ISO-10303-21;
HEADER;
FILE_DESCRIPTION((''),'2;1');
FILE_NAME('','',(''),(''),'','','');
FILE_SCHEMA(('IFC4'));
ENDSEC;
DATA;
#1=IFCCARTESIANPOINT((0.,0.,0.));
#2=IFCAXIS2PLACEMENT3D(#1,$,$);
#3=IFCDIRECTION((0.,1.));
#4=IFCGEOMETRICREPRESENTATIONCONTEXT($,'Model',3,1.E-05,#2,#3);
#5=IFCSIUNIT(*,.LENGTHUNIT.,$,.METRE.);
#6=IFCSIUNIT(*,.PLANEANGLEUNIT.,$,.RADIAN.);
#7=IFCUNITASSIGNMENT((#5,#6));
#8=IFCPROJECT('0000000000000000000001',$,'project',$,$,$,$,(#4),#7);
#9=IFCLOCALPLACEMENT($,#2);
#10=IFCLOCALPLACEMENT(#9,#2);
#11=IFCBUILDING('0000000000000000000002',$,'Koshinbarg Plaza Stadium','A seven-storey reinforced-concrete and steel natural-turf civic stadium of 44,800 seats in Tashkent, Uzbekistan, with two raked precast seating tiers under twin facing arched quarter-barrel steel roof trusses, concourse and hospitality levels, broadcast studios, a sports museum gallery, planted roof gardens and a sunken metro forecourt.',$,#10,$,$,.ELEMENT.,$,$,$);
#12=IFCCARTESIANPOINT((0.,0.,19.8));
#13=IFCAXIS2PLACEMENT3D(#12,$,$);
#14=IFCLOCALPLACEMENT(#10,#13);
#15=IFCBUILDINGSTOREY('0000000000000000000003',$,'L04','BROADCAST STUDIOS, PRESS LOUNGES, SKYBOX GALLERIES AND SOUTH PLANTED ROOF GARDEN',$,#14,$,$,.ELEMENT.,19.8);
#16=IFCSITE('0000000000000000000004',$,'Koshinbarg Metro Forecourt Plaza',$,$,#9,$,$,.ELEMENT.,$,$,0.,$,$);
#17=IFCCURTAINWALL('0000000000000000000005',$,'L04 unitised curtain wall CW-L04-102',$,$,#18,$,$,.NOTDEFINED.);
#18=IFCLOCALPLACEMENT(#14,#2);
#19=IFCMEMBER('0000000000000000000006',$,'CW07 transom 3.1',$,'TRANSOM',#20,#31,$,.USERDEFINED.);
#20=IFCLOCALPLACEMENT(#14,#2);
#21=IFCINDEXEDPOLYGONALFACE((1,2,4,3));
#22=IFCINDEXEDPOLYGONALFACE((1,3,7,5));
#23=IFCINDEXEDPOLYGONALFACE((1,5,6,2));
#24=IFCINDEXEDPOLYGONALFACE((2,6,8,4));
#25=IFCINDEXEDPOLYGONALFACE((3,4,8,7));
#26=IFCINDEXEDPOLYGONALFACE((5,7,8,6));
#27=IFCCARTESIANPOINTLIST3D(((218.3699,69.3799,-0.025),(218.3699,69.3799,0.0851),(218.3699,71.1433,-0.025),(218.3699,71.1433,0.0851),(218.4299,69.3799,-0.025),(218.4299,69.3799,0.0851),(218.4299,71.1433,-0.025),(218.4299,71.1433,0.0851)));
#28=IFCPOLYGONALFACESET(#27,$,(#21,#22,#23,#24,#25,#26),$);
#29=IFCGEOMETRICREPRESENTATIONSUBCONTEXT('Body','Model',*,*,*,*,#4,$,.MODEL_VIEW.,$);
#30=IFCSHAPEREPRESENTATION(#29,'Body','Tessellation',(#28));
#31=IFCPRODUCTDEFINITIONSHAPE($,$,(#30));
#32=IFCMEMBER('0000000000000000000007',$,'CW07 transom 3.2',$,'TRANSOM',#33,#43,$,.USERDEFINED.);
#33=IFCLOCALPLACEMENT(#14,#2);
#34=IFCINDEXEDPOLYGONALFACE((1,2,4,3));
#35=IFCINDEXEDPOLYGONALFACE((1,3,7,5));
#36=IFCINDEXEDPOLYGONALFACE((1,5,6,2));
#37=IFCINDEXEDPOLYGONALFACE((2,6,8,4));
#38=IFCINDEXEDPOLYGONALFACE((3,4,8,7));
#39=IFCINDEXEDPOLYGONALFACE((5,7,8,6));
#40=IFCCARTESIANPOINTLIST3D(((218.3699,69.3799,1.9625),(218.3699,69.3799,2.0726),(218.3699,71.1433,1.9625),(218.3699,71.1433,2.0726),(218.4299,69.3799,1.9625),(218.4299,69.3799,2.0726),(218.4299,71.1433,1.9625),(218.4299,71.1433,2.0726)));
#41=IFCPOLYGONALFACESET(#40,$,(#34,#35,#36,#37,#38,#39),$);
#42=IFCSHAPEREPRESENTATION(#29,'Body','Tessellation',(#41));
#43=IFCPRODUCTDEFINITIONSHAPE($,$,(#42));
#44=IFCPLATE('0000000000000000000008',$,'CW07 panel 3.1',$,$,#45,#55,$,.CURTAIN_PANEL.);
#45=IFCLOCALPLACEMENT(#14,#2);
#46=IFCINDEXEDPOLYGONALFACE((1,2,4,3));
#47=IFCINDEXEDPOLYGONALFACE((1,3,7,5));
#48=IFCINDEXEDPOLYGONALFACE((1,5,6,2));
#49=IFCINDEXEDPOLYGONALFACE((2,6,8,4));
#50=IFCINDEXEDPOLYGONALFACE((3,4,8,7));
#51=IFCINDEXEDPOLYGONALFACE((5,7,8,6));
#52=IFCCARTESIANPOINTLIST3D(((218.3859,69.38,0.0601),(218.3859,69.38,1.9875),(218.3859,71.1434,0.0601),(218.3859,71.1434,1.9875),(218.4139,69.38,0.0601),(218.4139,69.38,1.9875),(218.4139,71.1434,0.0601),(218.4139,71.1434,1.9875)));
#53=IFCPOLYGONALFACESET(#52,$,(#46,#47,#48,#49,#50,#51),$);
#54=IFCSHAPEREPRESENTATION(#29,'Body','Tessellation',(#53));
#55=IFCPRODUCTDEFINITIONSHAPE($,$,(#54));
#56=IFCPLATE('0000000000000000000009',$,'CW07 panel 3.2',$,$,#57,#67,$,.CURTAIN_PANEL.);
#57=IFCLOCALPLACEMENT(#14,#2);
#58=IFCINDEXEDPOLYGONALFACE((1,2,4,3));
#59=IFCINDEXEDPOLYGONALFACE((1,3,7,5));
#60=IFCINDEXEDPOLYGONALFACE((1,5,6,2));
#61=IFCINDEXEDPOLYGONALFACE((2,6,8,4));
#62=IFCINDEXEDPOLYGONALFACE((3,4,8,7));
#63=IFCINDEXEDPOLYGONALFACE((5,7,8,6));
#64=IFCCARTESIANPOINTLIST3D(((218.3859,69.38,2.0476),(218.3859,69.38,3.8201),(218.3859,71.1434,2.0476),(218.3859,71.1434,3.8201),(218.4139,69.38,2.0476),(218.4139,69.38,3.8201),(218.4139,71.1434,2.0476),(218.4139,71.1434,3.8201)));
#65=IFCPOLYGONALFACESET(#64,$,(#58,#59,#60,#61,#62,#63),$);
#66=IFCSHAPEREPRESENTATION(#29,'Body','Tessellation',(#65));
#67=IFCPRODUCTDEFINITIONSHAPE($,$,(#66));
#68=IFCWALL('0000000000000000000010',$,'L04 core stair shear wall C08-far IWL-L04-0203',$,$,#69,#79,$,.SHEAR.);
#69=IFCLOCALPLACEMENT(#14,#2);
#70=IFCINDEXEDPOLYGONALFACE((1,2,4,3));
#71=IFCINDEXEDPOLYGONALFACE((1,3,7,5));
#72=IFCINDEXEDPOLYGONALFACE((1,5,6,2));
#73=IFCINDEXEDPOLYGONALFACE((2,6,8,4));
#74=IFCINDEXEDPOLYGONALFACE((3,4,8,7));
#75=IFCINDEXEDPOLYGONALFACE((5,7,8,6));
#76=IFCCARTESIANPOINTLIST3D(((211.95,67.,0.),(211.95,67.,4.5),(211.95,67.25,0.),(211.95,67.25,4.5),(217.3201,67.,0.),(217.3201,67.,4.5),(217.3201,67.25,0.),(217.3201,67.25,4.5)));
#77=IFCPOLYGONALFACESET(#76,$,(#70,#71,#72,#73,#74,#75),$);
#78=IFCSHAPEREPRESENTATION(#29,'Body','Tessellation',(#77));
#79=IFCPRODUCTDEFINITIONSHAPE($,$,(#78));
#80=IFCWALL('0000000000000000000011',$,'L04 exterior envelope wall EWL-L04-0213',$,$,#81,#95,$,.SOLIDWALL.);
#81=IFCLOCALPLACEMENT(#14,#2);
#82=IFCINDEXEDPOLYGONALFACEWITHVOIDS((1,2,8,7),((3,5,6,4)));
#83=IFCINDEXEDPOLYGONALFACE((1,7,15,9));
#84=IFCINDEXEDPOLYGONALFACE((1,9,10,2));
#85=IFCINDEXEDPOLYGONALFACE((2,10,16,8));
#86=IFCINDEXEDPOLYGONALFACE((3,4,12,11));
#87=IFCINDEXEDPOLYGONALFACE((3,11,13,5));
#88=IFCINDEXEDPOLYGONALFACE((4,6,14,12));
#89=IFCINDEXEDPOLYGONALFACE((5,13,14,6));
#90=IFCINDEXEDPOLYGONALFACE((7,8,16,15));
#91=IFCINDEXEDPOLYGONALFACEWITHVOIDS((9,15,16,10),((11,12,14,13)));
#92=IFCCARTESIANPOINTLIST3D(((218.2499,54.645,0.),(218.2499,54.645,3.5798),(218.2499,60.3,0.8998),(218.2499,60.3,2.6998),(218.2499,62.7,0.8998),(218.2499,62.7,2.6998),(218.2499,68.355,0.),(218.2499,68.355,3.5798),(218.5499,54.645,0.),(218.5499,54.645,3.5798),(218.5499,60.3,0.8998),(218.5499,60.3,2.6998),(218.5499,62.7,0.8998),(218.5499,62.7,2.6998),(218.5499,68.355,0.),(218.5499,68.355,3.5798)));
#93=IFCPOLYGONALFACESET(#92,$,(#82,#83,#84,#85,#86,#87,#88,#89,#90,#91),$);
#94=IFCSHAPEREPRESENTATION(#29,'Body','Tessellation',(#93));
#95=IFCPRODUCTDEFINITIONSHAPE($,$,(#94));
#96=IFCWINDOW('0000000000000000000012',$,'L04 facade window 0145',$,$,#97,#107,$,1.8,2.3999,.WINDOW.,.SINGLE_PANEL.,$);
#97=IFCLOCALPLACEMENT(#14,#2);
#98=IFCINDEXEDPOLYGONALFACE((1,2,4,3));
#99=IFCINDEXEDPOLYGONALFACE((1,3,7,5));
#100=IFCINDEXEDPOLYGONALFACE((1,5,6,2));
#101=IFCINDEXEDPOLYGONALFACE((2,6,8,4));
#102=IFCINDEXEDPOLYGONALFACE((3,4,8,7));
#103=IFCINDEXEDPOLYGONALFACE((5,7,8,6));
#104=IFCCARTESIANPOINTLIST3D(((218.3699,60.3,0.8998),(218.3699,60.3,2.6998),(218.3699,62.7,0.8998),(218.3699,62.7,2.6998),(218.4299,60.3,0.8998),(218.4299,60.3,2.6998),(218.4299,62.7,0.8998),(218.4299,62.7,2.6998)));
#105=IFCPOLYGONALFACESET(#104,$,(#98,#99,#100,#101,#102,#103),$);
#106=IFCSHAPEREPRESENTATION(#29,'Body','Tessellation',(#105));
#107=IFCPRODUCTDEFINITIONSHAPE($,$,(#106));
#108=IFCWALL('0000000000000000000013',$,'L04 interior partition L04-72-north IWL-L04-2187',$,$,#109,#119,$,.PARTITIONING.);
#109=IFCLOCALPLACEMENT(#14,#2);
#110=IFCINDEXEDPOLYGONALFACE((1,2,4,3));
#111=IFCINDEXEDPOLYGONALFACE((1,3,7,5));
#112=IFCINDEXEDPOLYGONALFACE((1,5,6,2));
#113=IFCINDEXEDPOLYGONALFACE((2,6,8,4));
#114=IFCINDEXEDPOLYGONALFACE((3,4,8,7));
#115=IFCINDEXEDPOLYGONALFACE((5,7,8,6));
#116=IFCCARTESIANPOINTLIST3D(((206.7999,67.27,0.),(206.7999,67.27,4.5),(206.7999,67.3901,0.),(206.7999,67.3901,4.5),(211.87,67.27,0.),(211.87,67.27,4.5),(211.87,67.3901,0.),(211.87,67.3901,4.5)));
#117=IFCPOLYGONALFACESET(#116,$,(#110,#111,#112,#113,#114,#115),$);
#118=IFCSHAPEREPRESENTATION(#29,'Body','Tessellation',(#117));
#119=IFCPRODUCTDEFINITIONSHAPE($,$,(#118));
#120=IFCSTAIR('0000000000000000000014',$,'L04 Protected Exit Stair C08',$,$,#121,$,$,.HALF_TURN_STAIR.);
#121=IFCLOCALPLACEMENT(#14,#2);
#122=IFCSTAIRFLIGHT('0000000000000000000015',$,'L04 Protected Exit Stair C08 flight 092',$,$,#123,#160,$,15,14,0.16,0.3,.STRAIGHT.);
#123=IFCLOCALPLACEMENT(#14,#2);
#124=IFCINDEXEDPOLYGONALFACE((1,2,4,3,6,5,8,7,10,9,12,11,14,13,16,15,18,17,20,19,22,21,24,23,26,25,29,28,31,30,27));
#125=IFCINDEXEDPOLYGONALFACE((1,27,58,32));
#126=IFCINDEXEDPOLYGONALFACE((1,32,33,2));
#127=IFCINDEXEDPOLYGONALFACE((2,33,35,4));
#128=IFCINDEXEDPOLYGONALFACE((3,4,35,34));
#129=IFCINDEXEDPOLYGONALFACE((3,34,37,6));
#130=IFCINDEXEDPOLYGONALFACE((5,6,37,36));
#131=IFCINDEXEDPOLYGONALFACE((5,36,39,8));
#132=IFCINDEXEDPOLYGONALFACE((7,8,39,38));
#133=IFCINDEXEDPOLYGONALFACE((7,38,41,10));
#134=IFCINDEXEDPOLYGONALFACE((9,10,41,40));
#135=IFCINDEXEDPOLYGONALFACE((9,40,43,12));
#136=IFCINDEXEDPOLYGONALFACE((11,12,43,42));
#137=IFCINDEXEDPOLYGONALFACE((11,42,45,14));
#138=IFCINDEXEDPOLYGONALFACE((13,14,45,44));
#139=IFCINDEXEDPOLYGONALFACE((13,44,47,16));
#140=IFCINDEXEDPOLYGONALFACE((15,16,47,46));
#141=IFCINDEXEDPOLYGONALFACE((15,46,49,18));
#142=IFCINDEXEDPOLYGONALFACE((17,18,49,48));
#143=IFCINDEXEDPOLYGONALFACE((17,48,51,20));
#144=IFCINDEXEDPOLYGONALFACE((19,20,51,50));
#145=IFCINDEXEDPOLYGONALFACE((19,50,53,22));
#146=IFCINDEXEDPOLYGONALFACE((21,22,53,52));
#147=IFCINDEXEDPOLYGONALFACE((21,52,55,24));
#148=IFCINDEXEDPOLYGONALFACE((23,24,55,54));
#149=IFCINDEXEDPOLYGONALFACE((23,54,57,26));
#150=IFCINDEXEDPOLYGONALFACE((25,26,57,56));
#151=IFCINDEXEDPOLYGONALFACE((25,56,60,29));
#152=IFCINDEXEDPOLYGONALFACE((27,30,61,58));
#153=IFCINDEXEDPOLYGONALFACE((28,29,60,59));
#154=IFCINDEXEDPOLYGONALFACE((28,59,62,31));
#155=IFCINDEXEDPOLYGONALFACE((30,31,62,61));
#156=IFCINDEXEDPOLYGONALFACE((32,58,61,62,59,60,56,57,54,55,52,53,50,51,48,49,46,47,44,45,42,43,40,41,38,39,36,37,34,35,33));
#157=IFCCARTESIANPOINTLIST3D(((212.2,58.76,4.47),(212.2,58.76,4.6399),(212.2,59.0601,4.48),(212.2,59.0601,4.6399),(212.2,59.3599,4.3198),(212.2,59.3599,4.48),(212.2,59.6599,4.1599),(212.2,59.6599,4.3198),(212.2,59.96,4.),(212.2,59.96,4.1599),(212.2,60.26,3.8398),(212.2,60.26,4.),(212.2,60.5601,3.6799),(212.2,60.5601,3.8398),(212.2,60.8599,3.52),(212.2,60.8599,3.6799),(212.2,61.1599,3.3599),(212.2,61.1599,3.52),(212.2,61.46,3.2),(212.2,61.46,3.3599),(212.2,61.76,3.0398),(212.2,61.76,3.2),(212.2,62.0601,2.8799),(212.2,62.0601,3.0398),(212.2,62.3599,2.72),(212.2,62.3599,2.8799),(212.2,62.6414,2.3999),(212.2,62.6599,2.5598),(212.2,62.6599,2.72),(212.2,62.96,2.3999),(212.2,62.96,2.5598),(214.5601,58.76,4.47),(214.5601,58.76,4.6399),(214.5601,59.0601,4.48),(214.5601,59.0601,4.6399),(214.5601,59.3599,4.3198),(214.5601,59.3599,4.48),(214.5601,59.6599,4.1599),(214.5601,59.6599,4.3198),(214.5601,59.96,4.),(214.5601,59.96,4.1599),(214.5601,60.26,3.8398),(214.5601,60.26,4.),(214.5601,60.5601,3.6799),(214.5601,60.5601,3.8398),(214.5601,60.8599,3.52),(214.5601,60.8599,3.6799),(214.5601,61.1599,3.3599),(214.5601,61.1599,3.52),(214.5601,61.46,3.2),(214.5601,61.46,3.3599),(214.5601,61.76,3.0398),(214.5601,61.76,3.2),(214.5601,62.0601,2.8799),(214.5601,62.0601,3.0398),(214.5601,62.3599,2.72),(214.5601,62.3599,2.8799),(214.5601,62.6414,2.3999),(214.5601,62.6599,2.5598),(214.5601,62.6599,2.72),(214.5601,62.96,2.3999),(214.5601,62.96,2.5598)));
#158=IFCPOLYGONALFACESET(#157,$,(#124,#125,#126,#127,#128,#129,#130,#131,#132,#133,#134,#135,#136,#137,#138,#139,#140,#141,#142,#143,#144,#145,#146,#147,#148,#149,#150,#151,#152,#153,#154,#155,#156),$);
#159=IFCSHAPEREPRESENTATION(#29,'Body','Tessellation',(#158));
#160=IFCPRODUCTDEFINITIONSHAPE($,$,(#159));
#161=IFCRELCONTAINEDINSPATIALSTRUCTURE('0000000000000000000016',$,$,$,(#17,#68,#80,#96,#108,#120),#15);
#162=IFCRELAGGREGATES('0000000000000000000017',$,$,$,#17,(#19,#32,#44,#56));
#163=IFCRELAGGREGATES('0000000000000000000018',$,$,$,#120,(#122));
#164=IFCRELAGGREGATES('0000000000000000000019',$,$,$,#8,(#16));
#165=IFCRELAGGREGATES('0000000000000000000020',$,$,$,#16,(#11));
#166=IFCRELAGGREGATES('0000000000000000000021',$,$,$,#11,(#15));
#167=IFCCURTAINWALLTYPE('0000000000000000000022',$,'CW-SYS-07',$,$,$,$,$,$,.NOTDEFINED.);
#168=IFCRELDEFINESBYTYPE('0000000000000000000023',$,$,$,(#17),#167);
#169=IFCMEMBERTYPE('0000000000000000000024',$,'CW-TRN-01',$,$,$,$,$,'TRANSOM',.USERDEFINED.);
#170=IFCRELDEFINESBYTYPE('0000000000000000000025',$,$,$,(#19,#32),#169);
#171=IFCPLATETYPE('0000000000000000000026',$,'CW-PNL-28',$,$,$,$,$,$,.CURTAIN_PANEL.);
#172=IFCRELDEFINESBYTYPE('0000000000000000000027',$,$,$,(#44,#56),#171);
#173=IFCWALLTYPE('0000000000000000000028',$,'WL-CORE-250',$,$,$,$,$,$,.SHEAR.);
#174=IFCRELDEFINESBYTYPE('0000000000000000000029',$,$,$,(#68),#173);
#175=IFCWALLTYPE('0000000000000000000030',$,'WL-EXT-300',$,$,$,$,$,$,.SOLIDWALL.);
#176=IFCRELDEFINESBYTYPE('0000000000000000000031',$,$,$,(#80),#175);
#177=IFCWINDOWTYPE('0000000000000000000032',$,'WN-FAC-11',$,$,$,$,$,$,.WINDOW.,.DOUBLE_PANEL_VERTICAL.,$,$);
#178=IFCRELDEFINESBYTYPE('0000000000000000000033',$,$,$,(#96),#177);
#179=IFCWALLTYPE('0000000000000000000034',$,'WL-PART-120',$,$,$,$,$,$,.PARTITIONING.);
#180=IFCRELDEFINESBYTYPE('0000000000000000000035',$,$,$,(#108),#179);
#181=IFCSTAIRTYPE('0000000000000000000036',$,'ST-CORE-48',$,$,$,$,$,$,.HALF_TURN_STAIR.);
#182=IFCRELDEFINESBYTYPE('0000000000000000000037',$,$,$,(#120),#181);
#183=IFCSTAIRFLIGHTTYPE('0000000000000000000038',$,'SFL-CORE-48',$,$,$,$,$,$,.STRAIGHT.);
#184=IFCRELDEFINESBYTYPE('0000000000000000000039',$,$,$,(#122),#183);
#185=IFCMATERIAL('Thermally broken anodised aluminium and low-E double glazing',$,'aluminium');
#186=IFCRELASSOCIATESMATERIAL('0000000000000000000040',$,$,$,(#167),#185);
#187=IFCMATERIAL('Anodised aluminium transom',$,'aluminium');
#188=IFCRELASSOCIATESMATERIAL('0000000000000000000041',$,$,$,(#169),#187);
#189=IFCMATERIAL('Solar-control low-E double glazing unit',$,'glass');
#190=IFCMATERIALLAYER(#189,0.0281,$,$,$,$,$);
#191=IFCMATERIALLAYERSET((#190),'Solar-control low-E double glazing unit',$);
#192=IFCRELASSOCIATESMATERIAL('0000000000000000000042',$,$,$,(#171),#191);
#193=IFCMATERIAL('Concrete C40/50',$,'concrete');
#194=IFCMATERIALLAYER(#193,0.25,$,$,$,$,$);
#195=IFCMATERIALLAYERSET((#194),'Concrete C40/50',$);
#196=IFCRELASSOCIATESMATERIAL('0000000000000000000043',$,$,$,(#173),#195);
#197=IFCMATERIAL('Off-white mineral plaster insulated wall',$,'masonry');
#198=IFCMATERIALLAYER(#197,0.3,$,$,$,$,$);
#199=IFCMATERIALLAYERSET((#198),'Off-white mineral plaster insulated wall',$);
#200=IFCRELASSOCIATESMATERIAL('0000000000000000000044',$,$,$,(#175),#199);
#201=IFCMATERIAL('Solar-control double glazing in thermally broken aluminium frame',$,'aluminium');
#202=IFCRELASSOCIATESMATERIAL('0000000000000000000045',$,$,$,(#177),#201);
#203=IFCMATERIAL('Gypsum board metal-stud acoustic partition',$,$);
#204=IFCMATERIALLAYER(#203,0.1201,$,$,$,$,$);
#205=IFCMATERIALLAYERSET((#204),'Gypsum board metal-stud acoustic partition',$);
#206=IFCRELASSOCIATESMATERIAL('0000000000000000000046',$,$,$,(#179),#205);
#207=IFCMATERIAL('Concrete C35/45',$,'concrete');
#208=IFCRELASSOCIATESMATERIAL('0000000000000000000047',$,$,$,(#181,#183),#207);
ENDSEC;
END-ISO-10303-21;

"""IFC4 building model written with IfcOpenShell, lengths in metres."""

from ifc_helpers import new_model, si_unit, direction, frame, frame_2d, origin, origin_2d, place, context, subcontext, project, spatial, polyline, rectangle, outline, extrude, material, layer, layer_set, material_profile, profile_set, type_object, element, fill, aggregate, save


model = new_model("IFC4")

# Units and contexts
model_context = context("Model", 3, precision=1e-05, world=origin(), true_north=direction((0.0, 1.0)))
body_context = subcontext(model_context, "Body", "Model", "MODEL_VIEW")
ifc_project = project(units=[si_unit("LENGTHUNIT", "METRE"), si_unit("PLANEANGLEUNIT", "RADIAN")], contexts=[model_context])

# Site, building, storey
site_placement = place(None, origin())
site = spatial("IfcSite", under=ifc_project, at=site_placement, Name="Koshinbarg Metro Forecourt Plaza", CompositionType="ELEMENT", RefElevation=0.0)
building_placement = place(site_placement, origin())
building = spatial("IfcBuilding", under=site, at=building_placement, Name="Koshinbarg Plaza Stadium", Description="A seven-storey reinforced-concrete and steel natural-turf civic stadium of 44,800 seats in Tashkent, Uzbekistan, with two raked precast seating tiers under twin facing arched quarter-barrel steel roof trusses, concourse and hospitality levels, broadcast studios, a sports museum gallery, planted roof gardens and a sunken metro forecourt.", CompositionType="ELEMENT")
storey_placement = place(building_placement, frame((0.0, 0.0, 19.8)))
storey = spatial("IfcBuildingStorey", under=building, at=storey_placement, Name="L04", Description="BROADCAST STUDIOS, PRESS LOUNGES, SKYBOX GALLERIES AND SOUTH PLANTED ROOF GARDEN", CompositionType="ELEMENT", Elevation=19.8)

# Shared definitions
ifc_material_1 = material(Name="Concrete C40/50", Category="concrete")

# Curtain wall, members, plates
ifc_material_2 = material(Name="Thermally broken anodised aluminium and low-E double glazing", Category="aluminium")
curtain_wall_type = type_object("IfcCurtainWallType", Name="CW-SYS-07", PredefinedType="NOTDEFINED", material=ifc_material_2)
curtain_wall_placement = place(storey_placement, origin())
curtain_wall = element("IfcCurtainWall", 1, at=curtain_wall_placement, inside=storey, type_object=curtain_wall_type, Name="L04 unitised curtain wall CW-L04-102", PredefinedType="NOTDEFINED")
ifc_material_3 = material(Name="Anodised aluminium transom", Category="aluminium")
ifc_material_profile_1 = material_profile(ifc_material_3, rectangle(XDim=0.0601, YDim=0.1101, at=origin_2d()), Name="ALU 60x110")
ifc_profile_set_1 = profile_set([ifc_material_profile_1], Name="Anodised aluminium transom")
member_type_1 = type_object("IfcMemberType", Name="CW-TRN-01", ElementType="TRANSOM", PredefinedType="USERDEFINED", material=ifc_profile_set_1)
member_1_placement = place(storey_placement, frame((218.3999, 71.1433, 0.03), z_axis=(0.0, -1.0, 0.0), x_axis=(1.0, 0.0, 0.0)))
member_1 = element("IfcMember", 2, at=member_1_placement, type_object=member_type_1, Name="CW07 transom 3.1", ObjectType="TRANSOM", PredefinedType="USERDEFINED", context=body_context, shape_type="SweptSolid", body=[
    extrude(rectangle(XDim=0.0601, YDim=0.1101, at=origin_2d()), origin(), (0.0, 0.0, 1.0), 1.7634),
])
member_2_placement = place(storey_placement, frame((218.3999, 71.1433, 2.0176), z_axis=(0.0, -1.0, 0.0), x_axis=(1.0, 0.0, 0.0)))
member_2 = element("IfcMember", 3, at=member_2_placement, type_object=member_type_1, Name="CW07 transom 3.2", ObjectType="TRANSOM", PredefinedType="USERDEFINED", context=body_context, shape_type="SweptSolid", body=[
    extrude(rectangle(XDim=0.0601, YDim=0.1101, at=origin_2d()), origin(), (0.0, 0.0, 1.0), 1.7634),
])
ifc_material_4 = material(Name="Solar-control low-E double glazing unit", Category="glass")
ifc_layer_1 = layer(ifc_material_4, 0.0281)
ifc_layer_set_1 = layer_set([ifc_layer_1], Name="Solar-control low-E double glazing unit")
plate_type = type_object("IfcPlateType", Name="CW-PNL-28", PredefinedType="CURTAIN_PANEL", material=ifc_layer_set_1)
plate_1_placement = place(storey_placement, frame((218.3999, 70.2617, 0.0601), z_axis=(0.0, 0.0, 1.0), x_axis=(0.0, -1.0, 0.0)))
plate_1 = element("IfcPlate", 4, at=plate_1_placement, type_object=plate_type, Name="CW07 panel 3.1", PredefinedType="CURTAIN_PANEL", context=body_context, shape_type="SweptSolid", body=[
    extrude(rectangle(XDim=1.7634, YDim=0.0281, at=origin_2d()), origin(), (0.0, 0.0, 1.0), 1.9275),
])
plate_2_placement = place(storey_placement, frame((218.3999, 70.2617, 2.0476), z_axis=(0.0, 0.0, 1.0), x_axis=(0.0, -1.0, 0.0)))
plate_2 = element("IfcPlate", 5, at=plate_2_placement, type_object=plate_type, Name="CW07 panel 3.2", PredefinedType="CURTAIN_PANEL", context=body_context, shape_type="SweptSolid", body=[
    extrude(rectangle(XDim=1.7634, YDim=0.0281, at=origin_2d()), origin(), (0.0, 0.0, 1.0), 1.7725),
])
aggregate(curtain_wall, [member_1, member_2, plate_1, plate_2])

# Wall
ifc_layer_2 = layer(ifc_material_1, 0.25)
ifc_layer_set_2 = layer_set([ifc_layer_2], Name="Concrete C40/50")
wall_type_1 = type_object("IfcWallType", Name="WL-CORE-250", PredefinedType="SHEAR", material=ifc_layer_set_2)
wall_1_placement = place(storey_placement, frame((217.3201, 67.125, 0.0), z_axis=(0.0, 0.0, 1.0), x_axis=(-1.0, 0.0, 0.0)))
element("IfcWall", 6, at=wall_1_placement, inside=storey, type_object=wall_type_1, Name="L04 core stair shear wall C08-far IWL-L04-0203", PredefinedType="SHEAR", context=body_context, shape_type="SweptSolid", body=[
    extrude(rectangle(XDim=5.3701, YDim=0.25, at=frame_2d((2.6851, 0.0))), origin(), (0.0, 0.0, 1.0), 4.5),
])

# Wall, opening, window
ifc_material_5 = material(Name="Off-white mineral plaster insulated wall", Category="masonry")
ifc_layer_3 = layer(ifc_material_5, 0.3)
ifc_layer_set_3 = layer_set([ifc_layer_3], Name="Off-white mineral plaster insulated wall")
wall_type_2 = type_object("IfcWallType", Name="WL-EXT-300", PredefinedType="SOLIDWALL", material=ifc_layer_set_3)
wall_2_placement = place(storey_placement, frame((218.3999, 68.355, 0.0), z_axis=(0.0, 0.0, 1.0), x_axis=(0.0, -1.0, 0.0)))
wall_2 = element("IfcWall", 7, at=wall_2_placement, inside=storey, type_object=wall_type_2, Name="L04 exterior envelope wall EWL-L04-0213", PredefinedType="SOLIDWALL", context=body_context, shape_type="SweptSolid", body=[
    extrude(rectangle(XDim=13.71, YDim=0.3, at=frame_2d((6.855, 0.0))), origin(), (0.0, 0.0, 1.0), 3.5798),
])
opening_placement = place(wall_2_placement, frame((5.655, 0.0, 0.8999)))
opening = element("IfcOpeningElement", 8, at=opening_placement, cuts=wall_2, PredefinedType="OPENING", context=body_context, shape_type="SweptSolid", body=[
    extrude(rectangle(XDim=2.3999, YDim=1.8, at=frame_2d((1.2, 0.8999))), frame((0.0, 0.1599, 0.0), z_axis=(0.0, -1.0, 0.0), x_axis=(1.0, 0.0, 0.0)), (0.0, 0.0, 1.0), 0.3201),
])
ifc_material_6 = material(Name="Solar-control double glazing in thermally broken aluminium frame", Category="aluminium")
window_type = type_object("IfcWindowType", Name="WN-FAC-11", PartitioningType="DOUBLE_PANEL_VERTICAL", PredefinedType="WINDOW", material=ifc_material_6)
window_placement = place(opening_placement, origin())
window = element("IfcWindow", 9, at=window_placement, inside=storey, type_object=window_type, Name="L04 facade window 0145", OverallHeight=1.8, OverallWidth=2.3999, PartitioningType="SINGLE_PANEL", PredefinedType="WINDOW", context=body_context, shape_type="SweptSolid", body=[
    extrude(rectangle(XDim=2.3999, YDim=1.8, at=frame_2d((1.2, 0.8999))), frame((0.0, 0.03, 0.0), z_axis=(0.0, -1.0, 0.0), x_axis=(1.0, 0.0, 0.0)), (0.0, 0.0, 1.0), 0.0601),
])
fill(opening, window)

# Wall
ifc_material_7 = material(Name="Gypsum board metal-stud acoustic partition")
ifc_layer_4 = layer(ifc_material_7, 0.1201)
ifc_layer_set_4 = layer_set([ifc_layer_4], Name="Gypsum board metal-stud acoustic partition")
wall_type_3 = type_object("IfcWallType", Name="WL-PART-120", PredefinedType="PARTITIONING", material=ifc_layer_set_4)
wall_3_placement = place(storey_placement, frame((211.8701, 67.3301, 0.0), z_axis=(0.0, 0.0, 1.0), x_axis=(-1.0, 0.0, 0.0)))
element("IfcWall", 10, at=wall_3_placement, inside=storey, type_object=wall_type_3, Name="L04 interior partition L04-72-north IWL-L04-2187", PredefinedType="PARTITIONING", context=body_context, shape_type="SweptSolid", body=[
    extrude(rectangle(XDim=5.0701, YDim=0.1201, at=frame_2d((2.5352, 0.0))), origin(), (0.0, 0.0, 1.0), 4.5),
])

# Stair, stair flight
ifc_material_8 = material(Name="Concrete C35/45", Category="concrete")
stair_type = type_object("IfcStairType", Name="ST-CORE-48", PredefinedType="HALF_TURN_STAIR", material=ifc_material_8)
stair_placement = place(storey_placement, origin())
stair = element("IfcStair", 11, at=stair_placement, inside=storey, type_object=stair_type, Name="L04 Protected Exit Stair C08", PredefinedType="HALF_TURN_STAIR")
stair_flight_type = type_object("IfcStairFlightType", Name="SFL-CORE-48", PredefinedType="STRAIGHT", material=ifc_material_8)
stair_flight_placement = place(storey_placement, frame((213.3799, 62.96, 2.3999), z_axis=(0.0, 0.0, 1.0), x_axis=(0.0, -1.0, 0.0)))
stair_flight = element("IfcStairFlight", 12, at=stair_flight_placement, type_object=stair_flight_type, Name="L04 Protected Exit Stair C08 flight 092", NumberOfRisers=15, NumberOfTreads=14, PredefinedType="STRAIGHT", RiserHeight=0.16, TreadLength=0.3, context=body_context, shape_type="SweptSolid", body=[
    extrude(outline(polyline([(0.0, 0.0), (0.0, 0.1599), (0.3, 0.1599), (0.3, 0.3201), (0.6001, 0.3201), (0.6001, 0.48), (0.8999, 0.48), (0.8999, 0.6399), (1.2, 0.6399), (1.2, 0.8), (1.5, 0.8), (1.5, 0.96), (1.8, 0.96), (1.8, 1.1201), (2.1001, 1.1201), (2.1001, 1.28), (2.3999, 1.28), (2.3999, 1.4399), (2.7, 1.4399), (2.7, 1.6001), (3.0, 1.6001), (3.0, 1.76), (3.3, 1.76), (3.3, 1.9199), (3.6001, 1.9199), (3.6001, 2.0801), (3.8999, 2.0801), (3.8999, 2.24), (4.2, 2.24), (4.2, 2.3999), (4.2, 2.0701), (0.3186, 0.0), (0.0, 0.0)])), frame((0.0, 1.1802, 0.0), z_axis=(0.0, -1.0, 0.0), x_axis=(1.0, 0.0, 0.0)), (0.0, 0.0, 1.0), 2.3601),
])
aggregate(stair, [stair_flight])

save(model, "model.ifc")
